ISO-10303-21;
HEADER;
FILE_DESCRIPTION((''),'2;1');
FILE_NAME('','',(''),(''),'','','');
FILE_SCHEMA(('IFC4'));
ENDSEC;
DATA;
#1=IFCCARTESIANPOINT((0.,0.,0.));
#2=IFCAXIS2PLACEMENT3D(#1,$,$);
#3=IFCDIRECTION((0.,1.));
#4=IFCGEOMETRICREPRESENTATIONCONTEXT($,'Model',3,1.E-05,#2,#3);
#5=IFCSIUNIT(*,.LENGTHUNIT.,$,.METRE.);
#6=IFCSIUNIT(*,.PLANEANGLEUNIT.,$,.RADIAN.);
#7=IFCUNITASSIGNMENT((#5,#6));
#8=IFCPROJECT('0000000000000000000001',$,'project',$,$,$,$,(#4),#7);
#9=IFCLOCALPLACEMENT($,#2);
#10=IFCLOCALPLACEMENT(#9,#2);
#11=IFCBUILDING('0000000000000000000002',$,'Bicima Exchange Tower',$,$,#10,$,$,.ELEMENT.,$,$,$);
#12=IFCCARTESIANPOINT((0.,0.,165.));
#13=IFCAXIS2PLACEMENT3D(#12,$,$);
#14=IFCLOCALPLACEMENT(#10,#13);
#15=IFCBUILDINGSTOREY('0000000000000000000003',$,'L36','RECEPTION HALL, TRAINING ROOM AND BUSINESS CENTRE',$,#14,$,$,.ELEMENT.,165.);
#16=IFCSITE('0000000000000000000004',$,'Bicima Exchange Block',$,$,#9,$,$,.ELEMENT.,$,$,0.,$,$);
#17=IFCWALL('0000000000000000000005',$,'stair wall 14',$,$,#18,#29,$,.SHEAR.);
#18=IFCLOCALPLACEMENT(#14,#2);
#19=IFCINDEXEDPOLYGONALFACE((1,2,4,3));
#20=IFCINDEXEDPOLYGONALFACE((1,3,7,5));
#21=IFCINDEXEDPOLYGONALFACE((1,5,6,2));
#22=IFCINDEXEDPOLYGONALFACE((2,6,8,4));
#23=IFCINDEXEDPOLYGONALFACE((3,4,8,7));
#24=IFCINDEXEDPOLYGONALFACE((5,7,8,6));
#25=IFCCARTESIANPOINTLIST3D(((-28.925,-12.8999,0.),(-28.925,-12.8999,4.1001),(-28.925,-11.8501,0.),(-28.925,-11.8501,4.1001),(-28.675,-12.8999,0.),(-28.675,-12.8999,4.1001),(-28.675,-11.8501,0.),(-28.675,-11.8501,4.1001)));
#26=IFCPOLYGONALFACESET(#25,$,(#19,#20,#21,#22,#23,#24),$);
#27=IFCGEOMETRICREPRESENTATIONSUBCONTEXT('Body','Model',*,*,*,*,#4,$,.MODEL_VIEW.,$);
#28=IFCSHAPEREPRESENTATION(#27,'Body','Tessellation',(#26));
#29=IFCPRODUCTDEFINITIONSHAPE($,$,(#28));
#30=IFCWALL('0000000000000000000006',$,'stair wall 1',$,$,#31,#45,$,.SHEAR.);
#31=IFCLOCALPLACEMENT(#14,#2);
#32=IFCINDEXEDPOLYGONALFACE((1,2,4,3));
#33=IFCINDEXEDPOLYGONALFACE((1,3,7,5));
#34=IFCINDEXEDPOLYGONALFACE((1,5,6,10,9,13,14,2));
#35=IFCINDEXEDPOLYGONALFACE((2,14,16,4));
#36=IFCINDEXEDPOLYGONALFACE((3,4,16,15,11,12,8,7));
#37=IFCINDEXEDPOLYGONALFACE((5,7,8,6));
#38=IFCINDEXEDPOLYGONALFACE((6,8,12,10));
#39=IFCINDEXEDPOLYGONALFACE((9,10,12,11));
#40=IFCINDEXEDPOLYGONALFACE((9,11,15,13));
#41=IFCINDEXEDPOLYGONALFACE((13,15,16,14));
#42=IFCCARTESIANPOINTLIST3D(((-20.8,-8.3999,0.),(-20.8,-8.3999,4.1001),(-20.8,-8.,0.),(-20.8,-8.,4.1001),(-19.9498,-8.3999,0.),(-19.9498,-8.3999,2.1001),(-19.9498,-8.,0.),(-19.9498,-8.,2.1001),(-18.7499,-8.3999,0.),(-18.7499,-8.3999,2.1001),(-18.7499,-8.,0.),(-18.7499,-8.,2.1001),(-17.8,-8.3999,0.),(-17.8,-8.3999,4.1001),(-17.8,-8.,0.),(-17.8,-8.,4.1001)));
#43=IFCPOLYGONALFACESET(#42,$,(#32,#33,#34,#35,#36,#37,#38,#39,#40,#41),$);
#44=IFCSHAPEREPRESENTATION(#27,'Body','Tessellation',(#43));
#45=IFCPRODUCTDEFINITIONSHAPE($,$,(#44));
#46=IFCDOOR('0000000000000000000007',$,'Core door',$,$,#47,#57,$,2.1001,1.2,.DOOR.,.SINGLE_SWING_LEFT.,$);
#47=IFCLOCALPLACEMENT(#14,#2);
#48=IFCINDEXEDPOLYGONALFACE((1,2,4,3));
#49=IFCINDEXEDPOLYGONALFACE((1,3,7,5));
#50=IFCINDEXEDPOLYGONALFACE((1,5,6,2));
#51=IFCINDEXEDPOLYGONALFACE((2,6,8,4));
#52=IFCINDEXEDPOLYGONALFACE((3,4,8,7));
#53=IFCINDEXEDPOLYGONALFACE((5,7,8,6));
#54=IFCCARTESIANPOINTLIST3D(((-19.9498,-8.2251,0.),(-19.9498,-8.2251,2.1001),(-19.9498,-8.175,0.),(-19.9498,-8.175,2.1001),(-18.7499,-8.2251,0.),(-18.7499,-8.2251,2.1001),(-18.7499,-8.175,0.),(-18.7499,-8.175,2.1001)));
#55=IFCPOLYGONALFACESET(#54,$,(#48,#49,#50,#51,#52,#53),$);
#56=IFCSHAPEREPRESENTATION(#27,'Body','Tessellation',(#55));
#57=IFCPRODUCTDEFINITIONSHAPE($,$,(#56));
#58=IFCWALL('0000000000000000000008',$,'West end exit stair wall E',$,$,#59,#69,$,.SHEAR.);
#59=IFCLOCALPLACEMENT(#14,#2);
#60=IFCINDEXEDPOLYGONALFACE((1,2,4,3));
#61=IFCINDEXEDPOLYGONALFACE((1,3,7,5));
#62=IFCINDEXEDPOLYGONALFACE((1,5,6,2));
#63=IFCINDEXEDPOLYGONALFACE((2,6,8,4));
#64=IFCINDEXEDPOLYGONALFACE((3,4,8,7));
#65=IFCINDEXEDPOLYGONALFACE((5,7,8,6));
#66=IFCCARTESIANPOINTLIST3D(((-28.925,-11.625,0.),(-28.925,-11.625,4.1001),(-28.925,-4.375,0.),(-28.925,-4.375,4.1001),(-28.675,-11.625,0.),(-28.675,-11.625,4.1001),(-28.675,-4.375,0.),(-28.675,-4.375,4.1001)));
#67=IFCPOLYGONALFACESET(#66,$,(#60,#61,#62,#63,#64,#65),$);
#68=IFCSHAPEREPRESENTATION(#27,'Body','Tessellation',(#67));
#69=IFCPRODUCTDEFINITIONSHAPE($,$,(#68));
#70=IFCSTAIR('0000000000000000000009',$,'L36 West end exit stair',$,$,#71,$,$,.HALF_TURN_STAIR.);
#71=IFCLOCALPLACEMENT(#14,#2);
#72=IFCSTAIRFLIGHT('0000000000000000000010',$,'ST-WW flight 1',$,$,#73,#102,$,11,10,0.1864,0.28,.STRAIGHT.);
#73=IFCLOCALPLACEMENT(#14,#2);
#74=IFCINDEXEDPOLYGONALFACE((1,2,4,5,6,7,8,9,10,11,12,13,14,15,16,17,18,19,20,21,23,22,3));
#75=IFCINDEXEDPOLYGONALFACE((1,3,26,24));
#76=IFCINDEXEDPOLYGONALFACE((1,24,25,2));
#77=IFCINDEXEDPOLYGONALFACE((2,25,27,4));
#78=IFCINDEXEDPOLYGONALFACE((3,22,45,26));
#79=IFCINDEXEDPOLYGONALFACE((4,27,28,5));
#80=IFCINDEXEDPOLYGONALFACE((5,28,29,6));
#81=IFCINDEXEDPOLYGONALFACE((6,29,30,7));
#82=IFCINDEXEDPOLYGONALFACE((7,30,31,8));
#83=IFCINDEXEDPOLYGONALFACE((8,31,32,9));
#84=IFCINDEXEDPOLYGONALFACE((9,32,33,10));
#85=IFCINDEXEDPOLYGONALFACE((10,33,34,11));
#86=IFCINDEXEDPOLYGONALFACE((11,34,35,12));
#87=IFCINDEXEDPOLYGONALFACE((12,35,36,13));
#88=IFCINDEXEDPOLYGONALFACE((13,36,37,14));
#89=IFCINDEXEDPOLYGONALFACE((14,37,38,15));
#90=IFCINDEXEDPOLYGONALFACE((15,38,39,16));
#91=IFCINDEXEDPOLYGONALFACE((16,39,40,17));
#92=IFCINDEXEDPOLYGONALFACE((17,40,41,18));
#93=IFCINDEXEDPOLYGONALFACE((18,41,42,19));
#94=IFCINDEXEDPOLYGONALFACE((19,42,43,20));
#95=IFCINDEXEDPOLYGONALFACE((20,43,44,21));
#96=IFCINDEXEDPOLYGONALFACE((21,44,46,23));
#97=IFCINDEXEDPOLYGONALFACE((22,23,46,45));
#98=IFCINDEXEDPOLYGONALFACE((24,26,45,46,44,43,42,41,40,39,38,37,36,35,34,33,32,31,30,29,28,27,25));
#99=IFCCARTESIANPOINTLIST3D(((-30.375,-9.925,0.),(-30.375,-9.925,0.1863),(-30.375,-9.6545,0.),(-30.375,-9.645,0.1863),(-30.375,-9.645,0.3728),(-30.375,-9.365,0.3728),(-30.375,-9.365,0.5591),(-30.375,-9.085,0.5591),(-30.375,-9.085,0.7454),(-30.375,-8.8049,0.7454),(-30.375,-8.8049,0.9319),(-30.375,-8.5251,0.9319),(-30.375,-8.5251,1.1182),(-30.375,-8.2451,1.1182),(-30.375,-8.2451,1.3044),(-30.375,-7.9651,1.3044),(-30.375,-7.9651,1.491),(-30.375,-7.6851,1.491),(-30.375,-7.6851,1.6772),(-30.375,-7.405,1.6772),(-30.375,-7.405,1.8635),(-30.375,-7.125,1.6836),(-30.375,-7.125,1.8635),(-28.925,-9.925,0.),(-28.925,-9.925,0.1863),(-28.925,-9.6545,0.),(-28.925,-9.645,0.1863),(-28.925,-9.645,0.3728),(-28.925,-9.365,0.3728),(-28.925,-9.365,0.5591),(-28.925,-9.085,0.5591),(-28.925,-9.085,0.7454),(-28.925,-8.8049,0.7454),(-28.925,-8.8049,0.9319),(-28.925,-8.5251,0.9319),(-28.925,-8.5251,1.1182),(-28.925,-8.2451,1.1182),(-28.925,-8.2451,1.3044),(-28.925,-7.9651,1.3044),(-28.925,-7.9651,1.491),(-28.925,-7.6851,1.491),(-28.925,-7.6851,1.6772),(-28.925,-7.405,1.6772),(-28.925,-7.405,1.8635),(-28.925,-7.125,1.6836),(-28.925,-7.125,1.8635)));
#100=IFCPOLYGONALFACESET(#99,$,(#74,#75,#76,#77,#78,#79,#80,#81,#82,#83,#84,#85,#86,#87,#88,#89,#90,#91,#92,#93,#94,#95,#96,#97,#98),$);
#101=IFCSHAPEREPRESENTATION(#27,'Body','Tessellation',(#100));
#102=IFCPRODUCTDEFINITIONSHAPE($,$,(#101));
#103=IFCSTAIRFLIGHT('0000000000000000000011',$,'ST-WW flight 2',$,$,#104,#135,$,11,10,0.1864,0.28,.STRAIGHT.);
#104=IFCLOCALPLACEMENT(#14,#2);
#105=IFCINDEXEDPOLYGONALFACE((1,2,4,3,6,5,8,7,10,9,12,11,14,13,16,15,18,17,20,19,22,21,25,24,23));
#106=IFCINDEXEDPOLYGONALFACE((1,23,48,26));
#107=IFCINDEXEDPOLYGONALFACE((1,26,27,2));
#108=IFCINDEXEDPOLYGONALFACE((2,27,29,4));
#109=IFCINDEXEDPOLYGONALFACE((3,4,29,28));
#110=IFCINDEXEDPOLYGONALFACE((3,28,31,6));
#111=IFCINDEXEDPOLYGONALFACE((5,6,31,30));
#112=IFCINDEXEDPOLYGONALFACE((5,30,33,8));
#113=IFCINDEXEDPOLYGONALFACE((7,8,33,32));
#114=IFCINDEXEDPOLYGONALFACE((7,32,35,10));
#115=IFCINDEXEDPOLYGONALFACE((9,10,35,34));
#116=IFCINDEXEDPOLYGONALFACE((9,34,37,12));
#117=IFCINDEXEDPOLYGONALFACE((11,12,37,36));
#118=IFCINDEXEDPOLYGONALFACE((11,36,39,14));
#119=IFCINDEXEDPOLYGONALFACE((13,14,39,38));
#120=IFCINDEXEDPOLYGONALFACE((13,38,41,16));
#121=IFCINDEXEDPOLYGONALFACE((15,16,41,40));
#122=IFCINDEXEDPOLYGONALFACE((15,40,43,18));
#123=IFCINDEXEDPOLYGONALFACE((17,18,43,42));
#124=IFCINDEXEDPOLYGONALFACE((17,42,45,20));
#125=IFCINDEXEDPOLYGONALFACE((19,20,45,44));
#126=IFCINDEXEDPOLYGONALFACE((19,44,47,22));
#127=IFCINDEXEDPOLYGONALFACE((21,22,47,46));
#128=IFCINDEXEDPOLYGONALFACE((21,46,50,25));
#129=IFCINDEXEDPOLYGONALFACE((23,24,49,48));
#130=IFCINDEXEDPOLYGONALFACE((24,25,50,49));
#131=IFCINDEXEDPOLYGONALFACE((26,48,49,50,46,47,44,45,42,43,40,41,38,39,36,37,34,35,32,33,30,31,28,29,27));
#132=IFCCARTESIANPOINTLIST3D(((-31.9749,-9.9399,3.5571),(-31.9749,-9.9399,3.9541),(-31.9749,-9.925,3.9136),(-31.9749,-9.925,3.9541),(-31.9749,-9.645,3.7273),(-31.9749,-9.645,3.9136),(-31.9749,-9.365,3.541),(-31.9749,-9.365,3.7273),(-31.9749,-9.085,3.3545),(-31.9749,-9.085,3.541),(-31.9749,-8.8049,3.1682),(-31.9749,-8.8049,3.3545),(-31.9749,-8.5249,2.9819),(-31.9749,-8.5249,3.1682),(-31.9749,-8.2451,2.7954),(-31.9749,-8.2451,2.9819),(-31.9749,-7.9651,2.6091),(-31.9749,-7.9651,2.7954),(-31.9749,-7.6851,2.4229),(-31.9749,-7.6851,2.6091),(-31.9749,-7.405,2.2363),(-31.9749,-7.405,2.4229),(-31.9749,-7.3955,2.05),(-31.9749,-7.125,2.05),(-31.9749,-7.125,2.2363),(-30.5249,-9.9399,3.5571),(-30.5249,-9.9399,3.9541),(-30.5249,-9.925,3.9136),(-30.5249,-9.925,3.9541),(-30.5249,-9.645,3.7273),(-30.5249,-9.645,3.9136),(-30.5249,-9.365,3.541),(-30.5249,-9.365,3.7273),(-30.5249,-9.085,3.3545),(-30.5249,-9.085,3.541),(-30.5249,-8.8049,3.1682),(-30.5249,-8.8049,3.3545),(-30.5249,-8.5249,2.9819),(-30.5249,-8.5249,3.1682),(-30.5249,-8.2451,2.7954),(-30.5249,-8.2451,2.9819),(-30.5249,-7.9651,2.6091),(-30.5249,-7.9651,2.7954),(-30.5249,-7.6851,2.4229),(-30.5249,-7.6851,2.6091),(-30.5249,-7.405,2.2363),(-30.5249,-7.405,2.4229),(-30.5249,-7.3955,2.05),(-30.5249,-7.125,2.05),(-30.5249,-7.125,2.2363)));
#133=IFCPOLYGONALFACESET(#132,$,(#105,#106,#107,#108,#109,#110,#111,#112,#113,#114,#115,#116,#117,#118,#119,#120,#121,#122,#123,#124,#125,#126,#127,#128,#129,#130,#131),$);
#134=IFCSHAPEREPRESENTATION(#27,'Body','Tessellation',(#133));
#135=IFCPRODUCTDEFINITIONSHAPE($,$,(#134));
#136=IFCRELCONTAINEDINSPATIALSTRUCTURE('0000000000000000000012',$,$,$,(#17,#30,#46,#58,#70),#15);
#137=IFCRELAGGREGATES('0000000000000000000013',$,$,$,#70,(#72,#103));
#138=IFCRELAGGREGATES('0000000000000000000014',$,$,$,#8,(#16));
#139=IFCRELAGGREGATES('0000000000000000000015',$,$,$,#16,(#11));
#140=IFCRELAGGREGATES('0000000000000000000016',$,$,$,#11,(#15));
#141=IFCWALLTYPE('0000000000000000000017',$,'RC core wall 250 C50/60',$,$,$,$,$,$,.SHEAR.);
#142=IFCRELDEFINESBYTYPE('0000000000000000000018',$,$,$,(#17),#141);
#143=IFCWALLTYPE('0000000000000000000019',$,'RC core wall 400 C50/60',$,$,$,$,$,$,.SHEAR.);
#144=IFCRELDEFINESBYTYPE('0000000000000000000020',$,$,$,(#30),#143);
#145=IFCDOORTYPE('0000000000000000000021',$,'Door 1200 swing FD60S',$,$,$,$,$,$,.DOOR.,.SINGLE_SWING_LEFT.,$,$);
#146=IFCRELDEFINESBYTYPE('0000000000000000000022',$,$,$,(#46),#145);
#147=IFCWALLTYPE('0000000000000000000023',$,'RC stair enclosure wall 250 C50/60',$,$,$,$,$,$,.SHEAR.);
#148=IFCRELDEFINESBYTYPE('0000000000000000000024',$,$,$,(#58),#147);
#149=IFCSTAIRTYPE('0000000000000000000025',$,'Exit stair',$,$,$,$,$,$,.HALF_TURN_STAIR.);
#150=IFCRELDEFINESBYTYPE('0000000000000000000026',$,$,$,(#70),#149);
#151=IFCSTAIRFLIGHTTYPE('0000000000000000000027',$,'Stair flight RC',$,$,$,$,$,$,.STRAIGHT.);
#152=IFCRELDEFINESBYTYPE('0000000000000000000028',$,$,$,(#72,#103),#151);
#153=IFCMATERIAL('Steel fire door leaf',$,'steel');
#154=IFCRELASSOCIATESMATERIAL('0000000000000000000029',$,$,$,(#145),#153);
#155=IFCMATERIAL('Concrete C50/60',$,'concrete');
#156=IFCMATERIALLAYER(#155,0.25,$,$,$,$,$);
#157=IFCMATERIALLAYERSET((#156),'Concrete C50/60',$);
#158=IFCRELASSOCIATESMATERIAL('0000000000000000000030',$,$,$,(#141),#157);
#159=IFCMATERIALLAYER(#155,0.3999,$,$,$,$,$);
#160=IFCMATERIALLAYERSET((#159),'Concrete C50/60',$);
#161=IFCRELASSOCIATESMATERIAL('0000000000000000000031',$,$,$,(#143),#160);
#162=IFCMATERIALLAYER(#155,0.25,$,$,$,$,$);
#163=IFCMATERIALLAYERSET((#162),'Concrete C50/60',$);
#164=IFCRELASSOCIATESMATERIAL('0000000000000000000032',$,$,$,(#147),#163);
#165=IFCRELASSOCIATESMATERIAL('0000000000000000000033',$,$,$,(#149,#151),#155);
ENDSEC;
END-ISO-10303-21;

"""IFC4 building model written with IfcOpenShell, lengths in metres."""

from ifc_helpers import new_model, si_unit, direction, frame, frame_2d, origin, place, context, subcontext, project, spatial, polyline, rectangle, outline, extrude, material, layer, layer_set, type_object, element, fill, aggregate, save


model = new_model("IFC4")

# Units and contexts
model_context = context("Model", 3, precision=1e-05, world=origin(), true_north=direction((0.0, 1.0)))
body_context = subcontext(model_context, "Body", "Model", "MODEL_VIEW")
ifc_project = project(units=[si_unit("LENGTHUNIT", "METRE"), si_unit("PLANEANGLEUNIT", "RADIAN")], contexts=[model_context])

# Site, building, storey
site_placement = place(None, origin())
site = spatial("IfcSite", under=ifc_project, at=site_placement, Name="Bicima Exchange Block", CompositionType="ELEMENT", RefElevation=0.0)
building_placement = place(site_placement, origin())
building = spatial("IfcBuilding", under=site, at=building_placement, Name="Bicima Exchange Tower", CompositionType="ELEMENT")
storey_placement = place(building_placement, frame((0.0, 0.0, 165.0)))
storey = spatial("IfcBuildingStorey", under=building, at=storey_placement, Name="L36", Description="RECEPTION HALL, TRAINING ROOM AND BUSINESS CENTRE", CompositionType="ELEMENT", Elevation=165.0)

# Shared definitions
ifc_material_1 = material(Name="Concrete C50/60", Category="concrete")
ifc_material_2 = material(Name="Steel fire door leaf", Category="steel")
door_type_1 = type_object("IfcDoorType", Name="Door 1200 swing FD60S", OperationType="SINGLE_SWING_LEFT", PredefinedType="DOOR", material=ifc_material_2)

# Wall
ifc_layer_1 = layer(ifc_material_1, 0.25)
ifc_layer_set_1 = layer_set([ifc_layer_1], Name="Concrete C50/60")
wall_type_1 = type_object("IfcWallType", Name="RC core wall 250 C50/60", PredefinedType="SHEAR", material=ifc_layer_set_1)
wall_1_placement = place(storey_placement, frame((-28.8, -12.8999, 0.0), z_axis=(0.0, 0.0, 1.0), x_axis=(0.0, 1.0, 0.0)))
element("IfcWall", 1, at=wall_1_placement, inside=storey, type_object=wall_type_1, Name="stair wall 14", PredefinedType="SHEAR", context=body_context, shape_type="SweptSolid", body=[
    extrude(rectangle(XDim=1.0498, YDim=0.25, at=frame_2d((0.5249, 0.0))), origin(), (0.0, 0.0, 1.0), 4.1001),
])

# Wall, opening, door
ifc_layer_2 = layer(ifc_material_1, 0.3999)
ifc_layer_set_2 = layer_set([ifc_layer_2], Name="Concrete C50/60")
wall_type_2 = type_object("IfcWallType", Name="RC core wall 400 C50/60", PredefinedType="SHEAR", material=ifc_layer_set_2)
wall_2_placement = place(storey_placement, frame((-20.8, -8.2, 0.0), z_axis=(0.0, 0.0, 1.0), x_axis=(1.0, 0.0, 0.0)))
wall_2 = element("IfcWall", 2, at=wall_2_placement, inside=storey, type_object=wall_type_2, Name="stair wall 1", PredefinedType="SHEAR", context=body_context, shape_type="SweptSolid", body=[
    extrude(rectangle(XDim=3.0, YDim=0.3999, at=frame_2d((1.5, 0.0))), origin(), (0.0, 0.0, 1.0), 4.1001),
])
opening_1_placement = place(wall_2_placement, frame((0.8501, 0.0, 0.0)))
opening_1 = element("IfcOpeningElement", 3, at=opening_1_placement, cuts=wall_2, PredefinedType="OPENING", context=body_context, shape_type="SweptSolid", body=[
    extrude(rectangle(XDim=1.2, YDim=2.1001, at=frame_2d((0.6001, 1.05))), frame((0.0, 0.2119, 0.0), z_axis=(0.0, -1.0, 0.0), x_axis=(1.0, 0.0, 0.0)), (0.0, 0.0, 1.0), 0.4238),
])
door_1_placement = place(opening_1_placement, origin())
door_1 = element("IfcDoor", 4, at=door_1_placement, inside=storey, type_object=door_type_1, Name="Core door", OperationType="SINGLE_SWING_LEFT", OverallHeight=2.1001, OverallWidth=1.2, PredefinedType="DOOR", context=body_context, shape_type="SweptSolid", body=[
    extrude(rectangle(XDim=1.2, YDim=2.1001, at=frame_2d((0.6001, 1.05))), frame((0.0, 0.0249, 0.0), z_axis=(0.0, -1.0, 0.0), x_axis=(1.0, 0.0, 0.0)), (0.0, 0.0, 1.0), 0.05),
])
fill(opening_1, door_1)

# Wall
ifc_layer_3 = layer(ifc_material_1, 0.25)
ifc_layer_set_3 = layer_set([ifc_layer_3], Name="Concrete C50/60")
wall_type_3 = type_object("IfcWallType", Name="RC stair enclosure wall 250 C50/60", PredefinedType="SHEAR", material=ifc_layer_set_3)
wall_3_placement = place(storey_placement, frame((-28.8, -11.625, 0.0), z_axis=(0.0, 0.0, 1.0), x_axis=(0.0, 1.0, 0.0)))
element("IfcWall", 5, at=wall_3_placement, inside=storey, type_object=wall_type_3, Name="West end exit stair wall E", PredefinedType="SHEAR", context=body_context, shape_type="SweptSolid", body=[
    extrude(rectangle(XDim=7.25, YDim=0.25, at=frame_2d((3.625, 0.0))), origin(), (0.0, 0.0, 1.0), 4.1001),
])

# Stair, stair flights
stair_type = type_object("IfcStairType", Name="Exit stair", PredefinedType="HALF_TURN_STAIR", material=ifc_material_1)
stair_placement = place(storey_placement, origin())
stair = element("IfcStair", 6, at=stair_placement, inside=storey, type_object=stair_type, Name="L36 West end exit stair", PredefinedType="HALF_TURN_STAIR")
stair_flight_type = type_object("IfcStairFlightType", Name="Stair flight RC", PredefinedType="STRAIGHT", material=ifc_material_1)
stair_flight_1_placement = place(storey_placement, frame((-29.6499, -9.925, 0.0), z_axis=(0.0, 0.0, 1.0), x_axis=(0.0, 1.0, 0.0)))
stair_flight_1 = element("IfcStairFlight", 7, at=stair_flight_1_placement, type_object=stair_flight_type, Name="ST-WW flight 1", NumberOfRisers=11, NumberOfTreads=10, PredefinedType="STRAIGHT", RiserHeight=0.1864, TreadLength=0.28, context=body_context, shape_type="SweptSolid", body=[
    extrude(outline(polyline([(0.0, 0.0), (0.0, 0.1863), (0.28, 0.1863), (0.28, 0.3728), (0.5601, 0.3728), (0.5601, 0.5591), (0.8401, 0.5591), (0.8401, 0.7454), (1.1201, 0.7454), (1.1201, 0.9319), (1.3999, 0.9319), (1.3999, 1.1182), (1.6799, 1.1182), (1.6799, 1.3044), (1.96, 1.3044), (1.96, 1.491), (2.24, 1.491), (2.24, 1.6772), (2.52, 1.6772), (2.52, 1.8635), (2.8, 1.8635), (2.8, 2.05), (2.8, 1.6836), (0.2705, 0.0), (0.0, 0.0)])), frame((0.0, 0.7251, 0.0), z_axis=(0.0, -1.0, 0.0), x_axis=(1.0, 0.0, 0.0)), (0.0, 0.0, 1.0), 1.45),
])
stair_flight_2_placement = place(storey_placement, frame((-31.25, -7.125, 2.05), z_axis=(0.0, 0.0, 1.0), x_axis=(0.0, -1.0, 0.0)))
stair_flight_2 = element("IfcStairFlight", 8, at=stair_flight_2_placement, type_object=stair_flight_type, Name="ST-WW flight 2", NumberOfRisers=11, NumberOfTreads=10, PredefinedType="STRAIGHT", RiserHeight=0.1864, TreadLength=0.28, context=body_context, shape_type="SweptSolid", body=[
    extrude(outline(polyline([(0.0, 0.0), (0.0, 0.1863), (0.28, 0.1863), (0.28, 0.3728), (0.5601, 0.3728), (0.5601, 0.5591), (0.8401, 0.5591), (0.8401, 0.7454), (1.1201, 0.7454), (1.1201, 0.9319), (1.3999, 0.9319), (1.3999, 1.1182), (1.6799, 1.1182), (1.6799, 1.3044), (1.96, 1.3044), (1.96, 1.491), (2.24, 1.491), (2.24, 1.6772), (2.52, 1.6772), (2.52, 1.8635), (2.8, 1.8635), (2.8, 1.9041), (2.8149, 1.9041), (2.8149, 1.5071), (0.2705, 0.0), (0.0, 0.0)])), frame((0.0, 0.7251, 0.0), z_axis=(0.0, -1.0, 0.0), x_axis=(1.0, 0.0, 0.0)), (0.0, 0.0, 1.0), 1.45),
])
aggregate(stair, [stair_flight_1, stair_flight_2])

save(model, "model.ifc")
